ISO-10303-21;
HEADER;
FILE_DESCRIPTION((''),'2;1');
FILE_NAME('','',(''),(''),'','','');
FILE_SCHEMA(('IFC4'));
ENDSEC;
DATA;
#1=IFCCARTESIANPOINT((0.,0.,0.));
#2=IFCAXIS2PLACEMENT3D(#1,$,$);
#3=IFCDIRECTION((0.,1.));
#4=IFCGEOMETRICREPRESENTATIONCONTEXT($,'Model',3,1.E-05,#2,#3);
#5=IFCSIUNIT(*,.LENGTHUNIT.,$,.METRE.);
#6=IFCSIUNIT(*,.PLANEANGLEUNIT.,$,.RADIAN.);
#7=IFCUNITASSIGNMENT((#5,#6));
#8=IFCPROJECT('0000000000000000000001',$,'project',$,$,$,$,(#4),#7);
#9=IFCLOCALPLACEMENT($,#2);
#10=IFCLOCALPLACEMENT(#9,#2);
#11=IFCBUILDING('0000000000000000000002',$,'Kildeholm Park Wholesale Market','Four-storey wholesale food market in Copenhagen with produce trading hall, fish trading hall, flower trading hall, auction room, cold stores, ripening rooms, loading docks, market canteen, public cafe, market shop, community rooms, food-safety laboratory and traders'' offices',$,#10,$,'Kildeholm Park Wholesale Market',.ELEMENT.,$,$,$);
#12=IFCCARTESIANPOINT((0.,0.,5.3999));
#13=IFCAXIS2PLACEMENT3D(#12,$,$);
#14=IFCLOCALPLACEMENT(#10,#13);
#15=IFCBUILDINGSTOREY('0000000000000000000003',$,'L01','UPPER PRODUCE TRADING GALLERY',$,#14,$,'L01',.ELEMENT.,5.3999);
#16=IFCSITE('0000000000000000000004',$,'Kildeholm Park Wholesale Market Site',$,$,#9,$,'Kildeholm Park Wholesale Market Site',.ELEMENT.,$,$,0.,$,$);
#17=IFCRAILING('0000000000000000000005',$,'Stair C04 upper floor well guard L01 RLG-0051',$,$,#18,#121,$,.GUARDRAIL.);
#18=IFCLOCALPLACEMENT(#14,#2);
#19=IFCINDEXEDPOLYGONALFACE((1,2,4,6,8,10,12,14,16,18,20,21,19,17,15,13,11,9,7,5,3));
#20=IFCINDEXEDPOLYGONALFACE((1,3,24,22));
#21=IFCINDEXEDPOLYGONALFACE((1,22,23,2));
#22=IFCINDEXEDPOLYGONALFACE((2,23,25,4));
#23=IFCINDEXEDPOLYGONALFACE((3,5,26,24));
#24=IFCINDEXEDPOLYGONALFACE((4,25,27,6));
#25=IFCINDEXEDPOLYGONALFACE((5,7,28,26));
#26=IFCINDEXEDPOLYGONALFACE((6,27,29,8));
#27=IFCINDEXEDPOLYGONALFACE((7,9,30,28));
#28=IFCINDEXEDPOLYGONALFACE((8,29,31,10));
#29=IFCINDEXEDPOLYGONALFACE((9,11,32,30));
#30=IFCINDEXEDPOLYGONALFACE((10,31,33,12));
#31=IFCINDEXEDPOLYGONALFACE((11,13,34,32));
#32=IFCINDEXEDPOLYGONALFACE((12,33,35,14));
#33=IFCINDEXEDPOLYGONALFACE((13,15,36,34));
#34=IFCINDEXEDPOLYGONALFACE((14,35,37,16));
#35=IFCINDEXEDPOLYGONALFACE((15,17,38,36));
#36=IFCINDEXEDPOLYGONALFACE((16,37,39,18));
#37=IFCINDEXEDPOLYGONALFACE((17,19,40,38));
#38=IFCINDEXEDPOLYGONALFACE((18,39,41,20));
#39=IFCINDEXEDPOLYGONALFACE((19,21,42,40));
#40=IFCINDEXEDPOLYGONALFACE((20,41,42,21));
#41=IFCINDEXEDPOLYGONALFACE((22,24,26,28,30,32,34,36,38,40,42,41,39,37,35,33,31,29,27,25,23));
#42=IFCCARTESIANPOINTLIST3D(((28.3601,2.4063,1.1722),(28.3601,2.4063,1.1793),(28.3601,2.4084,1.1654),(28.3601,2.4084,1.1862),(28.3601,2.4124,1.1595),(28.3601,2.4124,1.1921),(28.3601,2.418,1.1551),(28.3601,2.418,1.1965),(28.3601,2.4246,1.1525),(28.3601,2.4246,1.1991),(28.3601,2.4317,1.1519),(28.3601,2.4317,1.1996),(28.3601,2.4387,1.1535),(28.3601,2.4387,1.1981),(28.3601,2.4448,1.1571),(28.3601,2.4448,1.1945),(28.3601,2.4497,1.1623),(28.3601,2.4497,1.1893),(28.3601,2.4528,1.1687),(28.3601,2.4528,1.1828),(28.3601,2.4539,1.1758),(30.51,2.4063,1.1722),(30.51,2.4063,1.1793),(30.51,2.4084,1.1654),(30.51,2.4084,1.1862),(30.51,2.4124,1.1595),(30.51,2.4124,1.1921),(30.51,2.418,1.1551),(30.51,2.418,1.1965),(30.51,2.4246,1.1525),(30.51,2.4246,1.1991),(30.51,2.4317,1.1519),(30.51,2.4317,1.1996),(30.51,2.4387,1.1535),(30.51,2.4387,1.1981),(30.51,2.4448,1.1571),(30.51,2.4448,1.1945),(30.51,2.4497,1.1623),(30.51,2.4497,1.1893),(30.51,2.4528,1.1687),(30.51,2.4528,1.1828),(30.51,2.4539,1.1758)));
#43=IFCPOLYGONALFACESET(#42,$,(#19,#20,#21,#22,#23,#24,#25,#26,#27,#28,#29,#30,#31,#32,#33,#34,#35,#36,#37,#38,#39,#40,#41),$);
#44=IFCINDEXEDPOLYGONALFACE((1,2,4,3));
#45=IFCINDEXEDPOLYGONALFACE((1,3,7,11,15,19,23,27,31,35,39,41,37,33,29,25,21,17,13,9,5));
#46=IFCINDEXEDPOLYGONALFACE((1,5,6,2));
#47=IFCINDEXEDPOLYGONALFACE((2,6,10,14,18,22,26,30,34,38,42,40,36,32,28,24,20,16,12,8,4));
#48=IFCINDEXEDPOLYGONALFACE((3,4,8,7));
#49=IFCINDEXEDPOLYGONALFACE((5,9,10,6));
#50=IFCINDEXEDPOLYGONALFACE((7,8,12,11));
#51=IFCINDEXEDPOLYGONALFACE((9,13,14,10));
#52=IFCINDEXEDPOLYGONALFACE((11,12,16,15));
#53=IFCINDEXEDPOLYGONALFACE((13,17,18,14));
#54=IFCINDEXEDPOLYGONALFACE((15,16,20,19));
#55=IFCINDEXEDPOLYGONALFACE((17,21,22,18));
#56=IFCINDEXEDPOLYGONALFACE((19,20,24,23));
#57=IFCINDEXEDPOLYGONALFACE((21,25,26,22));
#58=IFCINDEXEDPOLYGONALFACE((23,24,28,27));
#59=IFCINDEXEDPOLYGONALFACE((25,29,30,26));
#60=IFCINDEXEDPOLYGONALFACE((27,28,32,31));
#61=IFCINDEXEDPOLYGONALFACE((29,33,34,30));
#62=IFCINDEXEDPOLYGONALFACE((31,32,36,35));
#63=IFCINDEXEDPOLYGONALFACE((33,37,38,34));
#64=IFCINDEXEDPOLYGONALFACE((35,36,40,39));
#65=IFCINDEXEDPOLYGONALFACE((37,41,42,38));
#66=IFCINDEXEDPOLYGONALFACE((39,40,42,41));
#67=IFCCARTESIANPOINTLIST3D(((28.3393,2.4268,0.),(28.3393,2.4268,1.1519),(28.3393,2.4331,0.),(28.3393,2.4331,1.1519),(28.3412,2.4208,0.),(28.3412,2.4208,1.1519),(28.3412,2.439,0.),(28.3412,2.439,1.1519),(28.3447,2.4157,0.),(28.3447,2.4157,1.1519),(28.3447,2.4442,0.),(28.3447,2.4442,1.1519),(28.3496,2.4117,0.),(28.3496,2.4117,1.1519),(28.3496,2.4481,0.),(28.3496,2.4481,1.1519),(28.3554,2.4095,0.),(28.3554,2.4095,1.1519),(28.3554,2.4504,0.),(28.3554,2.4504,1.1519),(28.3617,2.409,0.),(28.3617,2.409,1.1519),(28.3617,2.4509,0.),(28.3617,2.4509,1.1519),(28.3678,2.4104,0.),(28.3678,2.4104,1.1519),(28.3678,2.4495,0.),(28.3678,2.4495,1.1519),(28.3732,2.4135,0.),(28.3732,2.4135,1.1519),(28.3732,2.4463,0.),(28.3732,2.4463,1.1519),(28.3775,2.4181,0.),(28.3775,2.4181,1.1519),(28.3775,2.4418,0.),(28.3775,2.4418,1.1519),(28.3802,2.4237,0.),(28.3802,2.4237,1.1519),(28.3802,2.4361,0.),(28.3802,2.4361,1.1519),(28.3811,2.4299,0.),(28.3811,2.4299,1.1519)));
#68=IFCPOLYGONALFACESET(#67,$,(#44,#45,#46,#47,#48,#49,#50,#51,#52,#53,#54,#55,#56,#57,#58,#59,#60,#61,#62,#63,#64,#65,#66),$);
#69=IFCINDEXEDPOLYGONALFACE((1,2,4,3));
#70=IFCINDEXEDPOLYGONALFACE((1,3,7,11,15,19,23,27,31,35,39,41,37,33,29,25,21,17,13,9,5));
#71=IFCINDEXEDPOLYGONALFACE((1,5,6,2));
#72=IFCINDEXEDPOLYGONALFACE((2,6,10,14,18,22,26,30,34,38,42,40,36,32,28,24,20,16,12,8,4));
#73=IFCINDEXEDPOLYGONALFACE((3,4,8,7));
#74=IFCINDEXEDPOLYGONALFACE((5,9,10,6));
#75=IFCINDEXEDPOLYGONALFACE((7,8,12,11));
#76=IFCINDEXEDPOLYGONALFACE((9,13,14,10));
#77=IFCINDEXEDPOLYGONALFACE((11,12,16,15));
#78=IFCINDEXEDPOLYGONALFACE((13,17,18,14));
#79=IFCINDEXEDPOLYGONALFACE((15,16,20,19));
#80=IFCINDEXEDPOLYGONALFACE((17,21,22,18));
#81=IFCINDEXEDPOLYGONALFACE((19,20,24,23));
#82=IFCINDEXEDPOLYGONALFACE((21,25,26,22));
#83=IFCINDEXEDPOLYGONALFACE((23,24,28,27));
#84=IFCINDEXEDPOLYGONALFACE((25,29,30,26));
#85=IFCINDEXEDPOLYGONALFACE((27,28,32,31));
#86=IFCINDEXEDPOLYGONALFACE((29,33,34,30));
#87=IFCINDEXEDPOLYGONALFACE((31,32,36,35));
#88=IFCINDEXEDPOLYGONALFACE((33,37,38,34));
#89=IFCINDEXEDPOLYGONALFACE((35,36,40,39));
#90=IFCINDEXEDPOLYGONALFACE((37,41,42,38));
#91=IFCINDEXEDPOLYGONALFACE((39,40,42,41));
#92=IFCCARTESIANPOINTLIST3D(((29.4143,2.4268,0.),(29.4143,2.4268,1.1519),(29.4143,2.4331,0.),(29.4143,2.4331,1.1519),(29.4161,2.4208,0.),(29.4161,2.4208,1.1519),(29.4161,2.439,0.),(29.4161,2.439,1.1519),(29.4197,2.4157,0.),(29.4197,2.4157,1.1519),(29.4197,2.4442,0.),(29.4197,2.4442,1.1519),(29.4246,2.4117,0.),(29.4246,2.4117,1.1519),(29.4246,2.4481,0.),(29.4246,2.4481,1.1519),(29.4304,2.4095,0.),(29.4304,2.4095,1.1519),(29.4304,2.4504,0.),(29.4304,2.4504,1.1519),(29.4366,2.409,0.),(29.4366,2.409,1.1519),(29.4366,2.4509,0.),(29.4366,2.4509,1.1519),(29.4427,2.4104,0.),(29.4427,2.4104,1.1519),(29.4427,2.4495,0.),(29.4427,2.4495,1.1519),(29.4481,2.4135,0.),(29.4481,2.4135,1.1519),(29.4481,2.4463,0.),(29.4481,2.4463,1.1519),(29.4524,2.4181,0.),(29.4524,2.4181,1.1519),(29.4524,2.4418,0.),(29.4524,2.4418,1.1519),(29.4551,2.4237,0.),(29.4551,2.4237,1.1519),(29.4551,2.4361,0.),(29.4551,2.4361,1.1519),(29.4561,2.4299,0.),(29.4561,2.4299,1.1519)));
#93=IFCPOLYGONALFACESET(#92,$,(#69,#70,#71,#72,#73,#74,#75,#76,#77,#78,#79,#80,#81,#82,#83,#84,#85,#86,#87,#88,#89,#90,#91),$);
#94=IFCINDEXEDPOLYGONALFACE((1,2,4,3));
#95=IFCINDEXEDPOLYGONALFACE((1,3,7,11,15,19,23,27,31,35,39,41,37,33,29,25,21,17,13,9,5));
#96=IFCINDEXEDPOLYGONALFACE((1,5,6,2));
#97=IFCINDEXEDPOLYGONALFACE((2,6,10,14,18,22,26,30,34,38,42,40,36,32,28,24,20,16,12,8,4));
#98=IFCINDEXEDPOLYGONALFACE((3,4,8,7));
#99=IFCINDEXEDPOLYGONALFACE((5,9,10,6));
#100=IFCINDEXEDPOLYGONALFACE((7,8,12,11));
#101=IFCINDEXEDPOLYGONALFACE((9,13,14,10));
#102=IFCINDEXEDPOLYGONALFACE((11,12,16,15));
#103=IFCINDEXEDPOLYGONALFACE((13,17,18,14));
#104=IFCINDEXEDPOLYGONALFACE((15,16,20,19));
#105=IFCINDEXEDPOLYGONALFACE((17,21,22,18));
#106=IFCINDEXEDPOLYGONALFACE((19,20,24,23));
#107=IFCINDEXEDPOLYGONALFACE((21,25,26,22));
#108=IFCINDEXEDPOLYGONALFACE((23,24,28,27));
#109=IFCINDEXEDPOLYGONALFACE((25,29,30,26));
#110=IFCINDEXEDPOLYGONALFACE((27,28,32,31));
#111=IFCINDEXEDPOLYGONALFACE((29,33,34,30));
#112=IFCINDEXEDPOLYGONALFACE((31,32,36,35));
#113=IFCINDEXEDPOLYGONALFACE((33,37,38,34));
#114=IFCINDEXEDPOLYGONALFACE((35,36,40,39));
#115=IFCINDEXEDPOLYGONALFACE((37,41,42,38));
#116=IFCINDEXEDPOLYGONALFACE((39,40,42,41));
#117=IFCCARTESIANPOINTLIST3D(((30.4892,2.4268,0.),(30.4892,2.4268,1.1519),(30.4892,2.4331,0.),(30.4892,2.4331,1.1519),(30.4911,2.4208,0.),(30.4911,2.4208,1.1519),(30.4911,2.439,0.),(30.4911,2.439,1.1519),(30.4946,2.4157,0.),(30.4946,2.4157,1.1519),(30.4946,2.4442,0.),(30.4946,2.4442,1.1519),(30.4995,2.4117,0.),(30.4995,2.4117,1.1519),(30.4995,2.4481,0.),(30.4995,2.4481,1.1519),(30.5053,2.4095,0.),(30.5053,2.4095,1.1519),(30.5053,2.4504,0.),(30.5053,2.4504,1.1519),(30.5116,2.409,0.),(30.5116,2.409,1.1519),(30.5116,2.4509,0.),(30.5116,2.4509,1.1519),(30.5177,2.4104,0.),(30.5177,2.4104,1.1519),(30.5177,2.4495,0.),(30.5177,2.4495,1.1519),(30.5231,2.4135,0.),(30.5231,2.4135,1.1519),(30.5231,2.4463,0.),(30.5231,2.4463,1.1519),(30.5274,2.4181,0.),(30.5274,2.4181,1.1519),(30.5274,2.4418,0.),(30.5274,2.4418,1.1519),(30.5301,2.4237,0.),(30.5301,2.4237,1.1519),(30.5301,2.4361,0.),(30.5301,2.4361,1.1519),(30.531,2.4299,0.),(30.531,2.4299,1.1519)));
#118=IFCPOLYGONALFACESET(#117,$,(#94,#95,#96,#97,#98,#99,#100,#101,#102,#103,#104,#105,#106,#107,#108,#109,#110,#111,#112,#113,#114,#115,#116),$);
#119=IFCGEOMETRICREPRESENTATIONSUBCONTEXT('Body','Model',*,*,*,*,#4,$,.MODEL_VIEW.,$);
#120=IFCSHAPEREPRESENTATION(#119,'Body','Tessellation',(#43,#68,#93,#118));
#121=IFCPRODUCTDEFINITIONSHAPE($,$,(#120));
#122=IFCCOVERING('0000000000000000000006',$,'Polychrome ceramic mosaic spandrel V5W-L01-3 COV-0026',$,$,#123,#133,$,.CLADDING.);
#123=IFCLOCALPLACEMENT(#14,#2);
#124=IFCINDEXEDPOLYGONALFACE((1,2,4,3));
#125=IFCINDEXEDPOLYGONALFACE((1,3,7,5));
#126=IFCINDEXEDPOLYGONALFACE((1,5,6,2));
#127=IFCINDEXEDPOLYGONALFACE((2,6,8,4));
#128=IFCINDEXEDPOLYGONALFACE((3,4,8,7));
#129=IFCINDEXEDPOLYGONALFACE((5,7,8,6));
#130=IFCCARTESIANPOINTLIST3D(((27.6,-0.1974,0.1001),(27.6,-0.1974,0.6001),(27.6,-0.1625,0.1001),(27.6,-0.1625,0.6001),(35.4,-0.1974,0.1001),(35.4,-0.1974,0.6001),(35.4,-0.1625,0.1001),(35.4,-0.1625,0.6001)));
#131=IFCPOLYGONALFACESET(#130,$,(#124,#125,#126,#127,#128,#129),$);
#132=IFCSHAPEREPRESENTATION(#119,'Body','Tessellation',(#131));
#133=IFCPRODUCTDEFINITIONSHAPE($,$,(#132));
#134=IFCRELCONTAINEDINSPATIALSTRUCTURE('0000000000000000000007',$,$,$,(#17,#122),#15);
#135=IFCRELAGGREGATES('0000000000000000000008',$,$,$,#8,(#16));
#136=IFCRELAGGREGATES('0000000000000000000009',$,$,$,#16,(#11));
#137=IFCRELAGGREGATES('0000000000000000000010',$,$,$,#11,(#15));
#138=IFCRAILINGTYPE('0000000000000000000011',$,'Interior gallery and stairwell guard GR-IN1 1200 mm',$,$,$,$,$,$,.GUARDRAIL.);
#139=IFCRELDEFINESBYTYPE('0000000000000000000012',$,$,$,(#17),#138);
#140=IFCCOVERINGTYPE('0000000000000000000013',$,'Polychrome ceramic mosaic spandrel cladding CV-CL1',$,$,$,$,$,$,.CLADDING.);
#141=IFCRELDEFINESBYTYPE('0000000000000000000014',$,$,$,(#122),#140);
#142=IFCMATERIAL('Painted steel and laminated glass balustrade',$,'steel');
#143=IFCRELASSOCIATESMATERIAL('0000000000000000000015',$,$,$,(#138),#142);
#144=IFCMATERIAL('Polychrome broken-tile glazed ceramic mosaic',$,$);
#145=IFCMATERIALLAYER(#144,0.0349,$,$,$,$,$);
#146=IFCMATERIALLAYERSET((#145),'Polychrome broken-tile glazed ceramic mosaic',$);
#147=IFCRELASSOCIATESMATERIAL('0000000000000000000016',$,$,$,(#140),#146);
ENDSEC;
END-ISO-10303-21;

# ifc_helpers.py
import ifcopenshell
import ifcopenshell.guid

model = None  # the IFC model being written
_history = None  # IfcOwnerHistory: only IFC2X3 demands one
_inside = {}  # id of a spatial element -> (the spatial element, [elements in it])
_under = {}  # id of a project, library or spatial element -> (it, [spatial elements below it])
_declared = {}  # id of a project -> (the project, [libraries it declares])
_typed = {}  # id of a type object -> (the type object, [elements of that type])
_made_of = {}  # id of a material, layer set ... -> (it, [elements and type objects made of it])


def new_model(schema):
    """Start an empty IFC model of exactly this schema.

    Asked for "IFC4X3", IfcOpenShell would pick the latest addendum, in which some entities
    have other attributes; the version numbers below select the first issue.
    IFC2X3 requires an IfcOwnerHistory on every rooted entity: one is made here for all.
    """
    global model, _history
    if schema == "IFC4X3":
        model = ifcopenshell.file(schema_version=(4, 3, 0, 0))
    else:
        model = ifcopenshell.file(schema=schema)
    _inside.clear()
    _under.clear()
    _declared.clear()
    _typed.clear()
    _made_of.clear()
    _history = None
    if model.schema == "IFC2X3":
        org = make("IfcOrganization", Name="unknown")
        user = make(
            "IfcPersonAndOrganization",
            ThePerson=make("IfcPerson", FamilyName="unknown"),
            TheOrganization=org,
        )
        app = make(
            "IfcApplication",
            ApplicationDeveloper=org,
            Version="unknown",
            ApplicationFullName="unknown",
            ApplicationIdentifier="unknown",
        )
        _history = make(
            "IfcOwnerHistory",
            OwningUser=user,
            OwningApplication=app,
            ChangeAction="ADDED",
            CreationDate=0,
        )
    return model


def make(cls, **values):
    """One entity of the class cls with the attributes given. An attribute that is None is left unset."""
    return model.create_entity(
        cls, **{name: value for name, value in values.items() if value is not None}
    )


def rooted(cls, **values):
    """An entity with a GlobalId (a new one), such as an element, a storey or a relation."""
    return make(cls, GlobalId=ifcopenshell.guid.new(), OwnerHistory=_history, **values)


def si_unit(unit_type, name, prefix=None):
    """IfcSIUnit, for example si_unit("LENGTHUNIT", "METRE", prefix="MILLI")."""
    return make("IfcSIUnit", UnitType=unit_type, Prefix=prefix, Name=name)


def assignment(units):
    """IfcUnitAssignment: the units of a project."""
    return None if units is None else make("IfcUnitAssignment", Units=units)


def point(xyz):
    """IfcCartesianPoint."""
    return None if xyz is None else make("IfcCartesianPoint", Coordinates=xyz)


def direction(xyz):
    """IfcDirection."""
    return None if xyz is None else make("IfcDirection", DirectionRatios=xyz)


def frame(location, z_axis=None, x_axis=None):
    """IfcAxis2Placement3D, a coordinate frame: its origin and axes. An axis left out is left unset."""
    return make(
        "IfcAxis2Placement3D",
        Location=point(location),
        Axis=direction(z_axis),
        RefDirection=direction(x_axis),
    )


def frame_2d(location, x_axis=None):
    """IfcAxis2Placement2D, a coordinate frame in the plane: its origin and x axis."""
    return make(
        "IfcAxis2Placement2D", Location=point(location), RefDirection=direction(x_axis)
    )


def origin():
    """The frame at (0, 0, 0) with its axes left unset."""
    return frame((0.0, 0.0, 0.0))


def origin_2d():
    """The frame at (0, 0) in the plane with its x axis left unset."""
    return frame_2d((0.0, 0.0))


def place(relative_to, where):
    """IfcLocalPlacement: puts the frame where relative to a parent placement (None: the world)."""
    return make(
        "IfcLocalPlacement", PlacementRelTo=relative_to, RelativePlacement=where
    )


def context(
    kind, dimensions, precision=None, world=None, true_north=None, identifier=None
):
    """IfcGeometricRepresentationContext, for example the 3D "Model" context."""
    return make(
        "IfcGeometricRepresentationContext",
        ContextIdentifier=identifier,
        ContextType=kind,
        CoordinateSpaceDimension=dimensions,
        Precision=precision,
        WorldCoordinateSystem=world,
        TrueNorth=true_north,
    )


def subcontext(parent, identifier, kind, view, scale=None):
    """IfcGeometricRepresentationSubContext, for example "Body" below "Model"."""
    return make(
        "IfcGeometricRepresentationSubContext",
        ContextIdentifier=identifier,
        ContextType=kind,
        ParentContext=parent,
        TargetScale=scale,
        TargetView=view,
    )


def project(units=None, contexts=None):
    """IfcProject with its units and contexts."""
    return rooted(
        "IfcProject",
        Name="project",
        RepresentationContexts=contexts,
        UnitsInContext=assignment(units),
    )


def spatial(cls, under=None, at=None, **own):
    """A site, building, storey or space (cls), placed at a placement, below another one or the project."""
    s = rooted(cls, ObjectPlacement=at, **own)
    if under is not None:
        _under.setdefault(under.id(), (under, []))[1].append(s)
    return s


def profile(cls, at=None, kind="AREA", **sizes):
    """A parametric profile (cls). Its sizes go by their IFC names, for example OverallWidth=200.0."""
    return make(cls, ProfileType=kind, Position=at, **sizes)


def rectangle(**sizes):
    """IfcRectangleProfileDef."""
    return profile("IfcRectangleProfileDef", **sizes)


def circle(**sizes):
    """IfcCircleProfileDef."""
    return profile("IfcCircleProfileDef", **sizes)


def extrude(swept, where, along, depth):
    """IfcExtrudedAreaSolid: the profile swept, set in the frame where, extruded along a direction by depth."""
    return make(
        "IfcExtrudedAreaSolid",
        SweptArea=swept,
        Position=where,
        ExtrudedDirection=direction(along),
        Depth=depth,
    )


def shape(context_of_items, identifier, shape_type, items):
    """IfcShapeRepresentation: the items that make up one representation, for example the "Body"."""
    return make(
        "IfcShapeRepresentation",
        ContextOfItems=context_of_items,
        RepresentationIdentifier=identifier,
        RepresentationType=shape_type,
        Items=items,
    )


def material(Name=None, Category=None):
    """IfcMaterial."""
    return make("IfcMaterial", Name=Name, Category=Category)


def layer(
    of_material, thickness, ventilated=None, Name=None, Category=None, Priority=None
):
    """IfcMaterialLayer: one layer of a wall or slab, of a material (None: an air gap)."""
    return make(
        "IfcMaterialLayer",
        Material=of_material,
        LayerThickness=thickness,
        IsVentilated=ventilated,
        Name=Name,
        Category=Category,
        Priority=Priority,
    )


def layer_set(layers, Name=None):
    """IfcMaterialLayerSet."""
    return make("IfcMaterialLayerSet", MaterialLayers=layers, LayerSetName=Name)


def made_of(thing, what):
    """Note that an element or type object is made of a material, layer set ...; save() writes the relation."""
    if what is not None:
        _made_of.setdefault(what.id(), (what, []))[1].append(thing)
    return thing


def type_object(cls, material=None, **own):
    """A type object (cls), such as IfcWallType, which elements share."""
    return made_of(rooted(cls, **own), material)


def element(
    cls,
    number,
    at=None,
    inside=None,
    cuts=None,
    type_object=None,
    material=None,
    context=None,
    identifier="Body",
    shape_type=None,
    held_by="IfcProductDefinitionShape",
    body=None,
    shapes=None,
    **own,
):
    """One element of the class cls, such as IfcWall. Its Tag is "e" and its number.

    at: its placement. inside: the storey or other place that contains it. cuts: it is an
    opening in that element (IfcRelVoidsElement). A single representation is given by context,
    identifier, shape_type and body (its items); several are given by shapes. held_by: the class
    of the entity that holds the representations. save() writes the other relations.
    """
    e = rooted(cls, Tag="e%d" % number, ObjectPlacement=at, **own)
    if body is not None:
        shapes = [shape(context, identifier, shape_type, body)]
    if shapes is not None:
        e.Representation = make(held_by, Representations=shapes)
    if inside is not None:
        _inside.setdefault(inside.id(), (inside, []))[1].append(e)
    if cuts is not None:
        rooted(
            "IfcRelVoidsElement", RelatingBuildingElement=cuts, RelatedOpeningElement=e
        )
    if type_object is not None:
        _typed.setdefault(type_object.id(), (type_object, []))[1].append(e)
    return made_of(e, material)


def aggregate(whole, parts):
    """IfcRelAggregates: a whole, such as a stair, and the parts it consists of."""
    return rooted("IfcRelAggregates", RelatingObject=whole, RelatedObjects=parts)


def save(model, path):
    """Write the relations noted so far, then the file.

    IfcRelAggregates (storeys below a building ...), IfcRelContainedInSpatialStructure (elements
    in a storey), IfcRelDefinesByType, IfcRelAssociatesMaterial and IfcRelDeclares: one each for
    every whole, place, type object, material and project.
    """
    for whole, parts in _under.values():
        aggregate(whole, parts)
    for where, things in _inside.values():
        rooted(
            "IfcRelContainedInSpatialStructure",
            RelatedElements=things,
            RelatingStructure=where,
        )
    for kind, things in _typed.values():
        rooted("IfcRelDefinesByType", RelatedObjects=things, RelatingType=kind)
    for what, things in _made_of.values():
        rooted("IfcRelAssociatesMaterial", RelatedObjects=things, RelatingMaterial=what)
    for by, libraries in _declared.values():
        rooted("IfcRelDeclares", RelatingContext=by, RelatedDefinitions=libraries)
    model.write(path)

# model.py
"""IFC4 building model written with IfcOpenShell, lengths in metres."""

from ifc_helpers import new_model, si_unit, direction, frame, origin, origin_2d, place, context, subcontext, project, spatial, rectangle, circle, extrude, material, layer, layer_set, type_object, element, save


model = new_model("IFC4")

# Units and contexts
model_context = context("Model", 3, precision=1e-05, world=origin(), true_north=direction((0.0, 1.0)))
body_context = subcontext(model_context, "Body", "Model", "MODEL_VIEW")
ifc_project = project(units=[si_unit("LENGTHUNIT", "METRE"), si_unit("PLANEANGLEUNIT", "RADIAN")], contexts=[model_context])

# Site, building, storey
site_placement = place(None, origin())
site = spatial("IfcSite", under=ifc_project, at=site_placement, Name="Kildeholm Park Wholesale Market Site", LongName="Kildeholm Park Wholesale Market Site", CompositionType="ELEMENT", RefElevation=0.0)
building_placement = place(site_placement, origin())
building = spatial("IfcBuilding", under=site, at=building_placement, Name="Kildeholm Park Wholesale Market", Description="Four-storey wholesale food market in Copenhagen with produce trading hall, fish trading hall, flower trading hall, auction room, cold stores, ripening rooms, loading docks, market canteen, public cafe, market shop, community rooms, food-safety laboratory and traders' offices", LongName="Kildeholm Park Wholesale Market", CompositionType="ELEMENT")
storey_placement = place(building_placement, frame((0.0, 0.0, 5.3999)))
storey = spatial("IfcBuildingStorey", under=building, at=storey_placement, Name="L01", Description="UPPER PRODUCE TRADING GALLERY", LongName="L01", CompositionType="ELEMENT", Elevation=5.3999)

# Railing
ifc_material_1 = material(Name="Painted steel and laminated glass balustrade", Category="steel")
railing_type_1 = type_object("IfcRailingType", Name="Interior gallery and stairwell guard GR-IN1 1200 mm", PredefinedType="GUARDRAIL", material=ifc_material_1)
railing_1_placement = place(storey_placement, frame((28.3601, 2.4299, 0.0)))
element("IfcRailing", 1, at=railing_1_placement, inside=storey, type_object=railing_type_1, Name="Stair C04 upper floor well guard L01 RLG-0051", PredefinedType="GUARDRAIL", context=body_context, shape_type="SweptSolid", body=[
    extrude(circle(Radius=0.0239, at=origin_2d()), frame((0.0, 0.0, 1.1758), z_axis=(1.0, 0.0, 0.0), x_axis=(0.0, 1.0, 0.0)), (0.0, 0.0, 1.0), 2.1499),
    extrude(circle(Radius=0.021, at=origin_2d()), origin(), (0.0, 0.0, 1.0), 1.1519),
    extrude(circle(Radius=0.021, at=origin_2d()), frame((1.075, 0.0, 0.0)), (0.0, 0.0, 1.0), 1.1519),
    extrude(circle(Radius=0.021, at=origin_2d()), frame((2.1499, 0.0, 0.0)), (0.0, 0.0, 1.0), 1.1519),
])

# Covering
ifc_material_2 = material(Name="Polychrome broken-tile glazed ceramic mosaic")
ifc_layer_1 = layer(ifc_material_2, 0.0349)
ifc_layer_set_1 = layer_set([ifc_layer_1], Name="Polychrome broken-tile glazed ceramic mosaic")
covering_type = type_object("IfcCoveringType", Name="Polychrome ceramic mosaic spandrel cladding CV-CL1", PredefinedType="CLADDING", material=ifc_layer_set_1)
covering_placement = place(storey_placement, frame((31.5, -0.1799, 0.1001), z_axis=(0.0, 0.0, 1.0), x_axis=(1.0, 0.0, 0.0)))
element("IfcCovering", 2, at=covering_placement, inside=storey, type_object=covering_type, Name="Polychrome ceramic mosaic spandrel V5W-L01-3 COV-0026", PredefinedType="CLADDING", context=body_context, shape_type="SweptSolid", body=[
    extrude(rectangle(XDim=7.8, YDim=0.0349, at=origin_2d()), origin(), (0.0, 0.0, 1.0), 0.5),
])

save(model, "model.ifc")
